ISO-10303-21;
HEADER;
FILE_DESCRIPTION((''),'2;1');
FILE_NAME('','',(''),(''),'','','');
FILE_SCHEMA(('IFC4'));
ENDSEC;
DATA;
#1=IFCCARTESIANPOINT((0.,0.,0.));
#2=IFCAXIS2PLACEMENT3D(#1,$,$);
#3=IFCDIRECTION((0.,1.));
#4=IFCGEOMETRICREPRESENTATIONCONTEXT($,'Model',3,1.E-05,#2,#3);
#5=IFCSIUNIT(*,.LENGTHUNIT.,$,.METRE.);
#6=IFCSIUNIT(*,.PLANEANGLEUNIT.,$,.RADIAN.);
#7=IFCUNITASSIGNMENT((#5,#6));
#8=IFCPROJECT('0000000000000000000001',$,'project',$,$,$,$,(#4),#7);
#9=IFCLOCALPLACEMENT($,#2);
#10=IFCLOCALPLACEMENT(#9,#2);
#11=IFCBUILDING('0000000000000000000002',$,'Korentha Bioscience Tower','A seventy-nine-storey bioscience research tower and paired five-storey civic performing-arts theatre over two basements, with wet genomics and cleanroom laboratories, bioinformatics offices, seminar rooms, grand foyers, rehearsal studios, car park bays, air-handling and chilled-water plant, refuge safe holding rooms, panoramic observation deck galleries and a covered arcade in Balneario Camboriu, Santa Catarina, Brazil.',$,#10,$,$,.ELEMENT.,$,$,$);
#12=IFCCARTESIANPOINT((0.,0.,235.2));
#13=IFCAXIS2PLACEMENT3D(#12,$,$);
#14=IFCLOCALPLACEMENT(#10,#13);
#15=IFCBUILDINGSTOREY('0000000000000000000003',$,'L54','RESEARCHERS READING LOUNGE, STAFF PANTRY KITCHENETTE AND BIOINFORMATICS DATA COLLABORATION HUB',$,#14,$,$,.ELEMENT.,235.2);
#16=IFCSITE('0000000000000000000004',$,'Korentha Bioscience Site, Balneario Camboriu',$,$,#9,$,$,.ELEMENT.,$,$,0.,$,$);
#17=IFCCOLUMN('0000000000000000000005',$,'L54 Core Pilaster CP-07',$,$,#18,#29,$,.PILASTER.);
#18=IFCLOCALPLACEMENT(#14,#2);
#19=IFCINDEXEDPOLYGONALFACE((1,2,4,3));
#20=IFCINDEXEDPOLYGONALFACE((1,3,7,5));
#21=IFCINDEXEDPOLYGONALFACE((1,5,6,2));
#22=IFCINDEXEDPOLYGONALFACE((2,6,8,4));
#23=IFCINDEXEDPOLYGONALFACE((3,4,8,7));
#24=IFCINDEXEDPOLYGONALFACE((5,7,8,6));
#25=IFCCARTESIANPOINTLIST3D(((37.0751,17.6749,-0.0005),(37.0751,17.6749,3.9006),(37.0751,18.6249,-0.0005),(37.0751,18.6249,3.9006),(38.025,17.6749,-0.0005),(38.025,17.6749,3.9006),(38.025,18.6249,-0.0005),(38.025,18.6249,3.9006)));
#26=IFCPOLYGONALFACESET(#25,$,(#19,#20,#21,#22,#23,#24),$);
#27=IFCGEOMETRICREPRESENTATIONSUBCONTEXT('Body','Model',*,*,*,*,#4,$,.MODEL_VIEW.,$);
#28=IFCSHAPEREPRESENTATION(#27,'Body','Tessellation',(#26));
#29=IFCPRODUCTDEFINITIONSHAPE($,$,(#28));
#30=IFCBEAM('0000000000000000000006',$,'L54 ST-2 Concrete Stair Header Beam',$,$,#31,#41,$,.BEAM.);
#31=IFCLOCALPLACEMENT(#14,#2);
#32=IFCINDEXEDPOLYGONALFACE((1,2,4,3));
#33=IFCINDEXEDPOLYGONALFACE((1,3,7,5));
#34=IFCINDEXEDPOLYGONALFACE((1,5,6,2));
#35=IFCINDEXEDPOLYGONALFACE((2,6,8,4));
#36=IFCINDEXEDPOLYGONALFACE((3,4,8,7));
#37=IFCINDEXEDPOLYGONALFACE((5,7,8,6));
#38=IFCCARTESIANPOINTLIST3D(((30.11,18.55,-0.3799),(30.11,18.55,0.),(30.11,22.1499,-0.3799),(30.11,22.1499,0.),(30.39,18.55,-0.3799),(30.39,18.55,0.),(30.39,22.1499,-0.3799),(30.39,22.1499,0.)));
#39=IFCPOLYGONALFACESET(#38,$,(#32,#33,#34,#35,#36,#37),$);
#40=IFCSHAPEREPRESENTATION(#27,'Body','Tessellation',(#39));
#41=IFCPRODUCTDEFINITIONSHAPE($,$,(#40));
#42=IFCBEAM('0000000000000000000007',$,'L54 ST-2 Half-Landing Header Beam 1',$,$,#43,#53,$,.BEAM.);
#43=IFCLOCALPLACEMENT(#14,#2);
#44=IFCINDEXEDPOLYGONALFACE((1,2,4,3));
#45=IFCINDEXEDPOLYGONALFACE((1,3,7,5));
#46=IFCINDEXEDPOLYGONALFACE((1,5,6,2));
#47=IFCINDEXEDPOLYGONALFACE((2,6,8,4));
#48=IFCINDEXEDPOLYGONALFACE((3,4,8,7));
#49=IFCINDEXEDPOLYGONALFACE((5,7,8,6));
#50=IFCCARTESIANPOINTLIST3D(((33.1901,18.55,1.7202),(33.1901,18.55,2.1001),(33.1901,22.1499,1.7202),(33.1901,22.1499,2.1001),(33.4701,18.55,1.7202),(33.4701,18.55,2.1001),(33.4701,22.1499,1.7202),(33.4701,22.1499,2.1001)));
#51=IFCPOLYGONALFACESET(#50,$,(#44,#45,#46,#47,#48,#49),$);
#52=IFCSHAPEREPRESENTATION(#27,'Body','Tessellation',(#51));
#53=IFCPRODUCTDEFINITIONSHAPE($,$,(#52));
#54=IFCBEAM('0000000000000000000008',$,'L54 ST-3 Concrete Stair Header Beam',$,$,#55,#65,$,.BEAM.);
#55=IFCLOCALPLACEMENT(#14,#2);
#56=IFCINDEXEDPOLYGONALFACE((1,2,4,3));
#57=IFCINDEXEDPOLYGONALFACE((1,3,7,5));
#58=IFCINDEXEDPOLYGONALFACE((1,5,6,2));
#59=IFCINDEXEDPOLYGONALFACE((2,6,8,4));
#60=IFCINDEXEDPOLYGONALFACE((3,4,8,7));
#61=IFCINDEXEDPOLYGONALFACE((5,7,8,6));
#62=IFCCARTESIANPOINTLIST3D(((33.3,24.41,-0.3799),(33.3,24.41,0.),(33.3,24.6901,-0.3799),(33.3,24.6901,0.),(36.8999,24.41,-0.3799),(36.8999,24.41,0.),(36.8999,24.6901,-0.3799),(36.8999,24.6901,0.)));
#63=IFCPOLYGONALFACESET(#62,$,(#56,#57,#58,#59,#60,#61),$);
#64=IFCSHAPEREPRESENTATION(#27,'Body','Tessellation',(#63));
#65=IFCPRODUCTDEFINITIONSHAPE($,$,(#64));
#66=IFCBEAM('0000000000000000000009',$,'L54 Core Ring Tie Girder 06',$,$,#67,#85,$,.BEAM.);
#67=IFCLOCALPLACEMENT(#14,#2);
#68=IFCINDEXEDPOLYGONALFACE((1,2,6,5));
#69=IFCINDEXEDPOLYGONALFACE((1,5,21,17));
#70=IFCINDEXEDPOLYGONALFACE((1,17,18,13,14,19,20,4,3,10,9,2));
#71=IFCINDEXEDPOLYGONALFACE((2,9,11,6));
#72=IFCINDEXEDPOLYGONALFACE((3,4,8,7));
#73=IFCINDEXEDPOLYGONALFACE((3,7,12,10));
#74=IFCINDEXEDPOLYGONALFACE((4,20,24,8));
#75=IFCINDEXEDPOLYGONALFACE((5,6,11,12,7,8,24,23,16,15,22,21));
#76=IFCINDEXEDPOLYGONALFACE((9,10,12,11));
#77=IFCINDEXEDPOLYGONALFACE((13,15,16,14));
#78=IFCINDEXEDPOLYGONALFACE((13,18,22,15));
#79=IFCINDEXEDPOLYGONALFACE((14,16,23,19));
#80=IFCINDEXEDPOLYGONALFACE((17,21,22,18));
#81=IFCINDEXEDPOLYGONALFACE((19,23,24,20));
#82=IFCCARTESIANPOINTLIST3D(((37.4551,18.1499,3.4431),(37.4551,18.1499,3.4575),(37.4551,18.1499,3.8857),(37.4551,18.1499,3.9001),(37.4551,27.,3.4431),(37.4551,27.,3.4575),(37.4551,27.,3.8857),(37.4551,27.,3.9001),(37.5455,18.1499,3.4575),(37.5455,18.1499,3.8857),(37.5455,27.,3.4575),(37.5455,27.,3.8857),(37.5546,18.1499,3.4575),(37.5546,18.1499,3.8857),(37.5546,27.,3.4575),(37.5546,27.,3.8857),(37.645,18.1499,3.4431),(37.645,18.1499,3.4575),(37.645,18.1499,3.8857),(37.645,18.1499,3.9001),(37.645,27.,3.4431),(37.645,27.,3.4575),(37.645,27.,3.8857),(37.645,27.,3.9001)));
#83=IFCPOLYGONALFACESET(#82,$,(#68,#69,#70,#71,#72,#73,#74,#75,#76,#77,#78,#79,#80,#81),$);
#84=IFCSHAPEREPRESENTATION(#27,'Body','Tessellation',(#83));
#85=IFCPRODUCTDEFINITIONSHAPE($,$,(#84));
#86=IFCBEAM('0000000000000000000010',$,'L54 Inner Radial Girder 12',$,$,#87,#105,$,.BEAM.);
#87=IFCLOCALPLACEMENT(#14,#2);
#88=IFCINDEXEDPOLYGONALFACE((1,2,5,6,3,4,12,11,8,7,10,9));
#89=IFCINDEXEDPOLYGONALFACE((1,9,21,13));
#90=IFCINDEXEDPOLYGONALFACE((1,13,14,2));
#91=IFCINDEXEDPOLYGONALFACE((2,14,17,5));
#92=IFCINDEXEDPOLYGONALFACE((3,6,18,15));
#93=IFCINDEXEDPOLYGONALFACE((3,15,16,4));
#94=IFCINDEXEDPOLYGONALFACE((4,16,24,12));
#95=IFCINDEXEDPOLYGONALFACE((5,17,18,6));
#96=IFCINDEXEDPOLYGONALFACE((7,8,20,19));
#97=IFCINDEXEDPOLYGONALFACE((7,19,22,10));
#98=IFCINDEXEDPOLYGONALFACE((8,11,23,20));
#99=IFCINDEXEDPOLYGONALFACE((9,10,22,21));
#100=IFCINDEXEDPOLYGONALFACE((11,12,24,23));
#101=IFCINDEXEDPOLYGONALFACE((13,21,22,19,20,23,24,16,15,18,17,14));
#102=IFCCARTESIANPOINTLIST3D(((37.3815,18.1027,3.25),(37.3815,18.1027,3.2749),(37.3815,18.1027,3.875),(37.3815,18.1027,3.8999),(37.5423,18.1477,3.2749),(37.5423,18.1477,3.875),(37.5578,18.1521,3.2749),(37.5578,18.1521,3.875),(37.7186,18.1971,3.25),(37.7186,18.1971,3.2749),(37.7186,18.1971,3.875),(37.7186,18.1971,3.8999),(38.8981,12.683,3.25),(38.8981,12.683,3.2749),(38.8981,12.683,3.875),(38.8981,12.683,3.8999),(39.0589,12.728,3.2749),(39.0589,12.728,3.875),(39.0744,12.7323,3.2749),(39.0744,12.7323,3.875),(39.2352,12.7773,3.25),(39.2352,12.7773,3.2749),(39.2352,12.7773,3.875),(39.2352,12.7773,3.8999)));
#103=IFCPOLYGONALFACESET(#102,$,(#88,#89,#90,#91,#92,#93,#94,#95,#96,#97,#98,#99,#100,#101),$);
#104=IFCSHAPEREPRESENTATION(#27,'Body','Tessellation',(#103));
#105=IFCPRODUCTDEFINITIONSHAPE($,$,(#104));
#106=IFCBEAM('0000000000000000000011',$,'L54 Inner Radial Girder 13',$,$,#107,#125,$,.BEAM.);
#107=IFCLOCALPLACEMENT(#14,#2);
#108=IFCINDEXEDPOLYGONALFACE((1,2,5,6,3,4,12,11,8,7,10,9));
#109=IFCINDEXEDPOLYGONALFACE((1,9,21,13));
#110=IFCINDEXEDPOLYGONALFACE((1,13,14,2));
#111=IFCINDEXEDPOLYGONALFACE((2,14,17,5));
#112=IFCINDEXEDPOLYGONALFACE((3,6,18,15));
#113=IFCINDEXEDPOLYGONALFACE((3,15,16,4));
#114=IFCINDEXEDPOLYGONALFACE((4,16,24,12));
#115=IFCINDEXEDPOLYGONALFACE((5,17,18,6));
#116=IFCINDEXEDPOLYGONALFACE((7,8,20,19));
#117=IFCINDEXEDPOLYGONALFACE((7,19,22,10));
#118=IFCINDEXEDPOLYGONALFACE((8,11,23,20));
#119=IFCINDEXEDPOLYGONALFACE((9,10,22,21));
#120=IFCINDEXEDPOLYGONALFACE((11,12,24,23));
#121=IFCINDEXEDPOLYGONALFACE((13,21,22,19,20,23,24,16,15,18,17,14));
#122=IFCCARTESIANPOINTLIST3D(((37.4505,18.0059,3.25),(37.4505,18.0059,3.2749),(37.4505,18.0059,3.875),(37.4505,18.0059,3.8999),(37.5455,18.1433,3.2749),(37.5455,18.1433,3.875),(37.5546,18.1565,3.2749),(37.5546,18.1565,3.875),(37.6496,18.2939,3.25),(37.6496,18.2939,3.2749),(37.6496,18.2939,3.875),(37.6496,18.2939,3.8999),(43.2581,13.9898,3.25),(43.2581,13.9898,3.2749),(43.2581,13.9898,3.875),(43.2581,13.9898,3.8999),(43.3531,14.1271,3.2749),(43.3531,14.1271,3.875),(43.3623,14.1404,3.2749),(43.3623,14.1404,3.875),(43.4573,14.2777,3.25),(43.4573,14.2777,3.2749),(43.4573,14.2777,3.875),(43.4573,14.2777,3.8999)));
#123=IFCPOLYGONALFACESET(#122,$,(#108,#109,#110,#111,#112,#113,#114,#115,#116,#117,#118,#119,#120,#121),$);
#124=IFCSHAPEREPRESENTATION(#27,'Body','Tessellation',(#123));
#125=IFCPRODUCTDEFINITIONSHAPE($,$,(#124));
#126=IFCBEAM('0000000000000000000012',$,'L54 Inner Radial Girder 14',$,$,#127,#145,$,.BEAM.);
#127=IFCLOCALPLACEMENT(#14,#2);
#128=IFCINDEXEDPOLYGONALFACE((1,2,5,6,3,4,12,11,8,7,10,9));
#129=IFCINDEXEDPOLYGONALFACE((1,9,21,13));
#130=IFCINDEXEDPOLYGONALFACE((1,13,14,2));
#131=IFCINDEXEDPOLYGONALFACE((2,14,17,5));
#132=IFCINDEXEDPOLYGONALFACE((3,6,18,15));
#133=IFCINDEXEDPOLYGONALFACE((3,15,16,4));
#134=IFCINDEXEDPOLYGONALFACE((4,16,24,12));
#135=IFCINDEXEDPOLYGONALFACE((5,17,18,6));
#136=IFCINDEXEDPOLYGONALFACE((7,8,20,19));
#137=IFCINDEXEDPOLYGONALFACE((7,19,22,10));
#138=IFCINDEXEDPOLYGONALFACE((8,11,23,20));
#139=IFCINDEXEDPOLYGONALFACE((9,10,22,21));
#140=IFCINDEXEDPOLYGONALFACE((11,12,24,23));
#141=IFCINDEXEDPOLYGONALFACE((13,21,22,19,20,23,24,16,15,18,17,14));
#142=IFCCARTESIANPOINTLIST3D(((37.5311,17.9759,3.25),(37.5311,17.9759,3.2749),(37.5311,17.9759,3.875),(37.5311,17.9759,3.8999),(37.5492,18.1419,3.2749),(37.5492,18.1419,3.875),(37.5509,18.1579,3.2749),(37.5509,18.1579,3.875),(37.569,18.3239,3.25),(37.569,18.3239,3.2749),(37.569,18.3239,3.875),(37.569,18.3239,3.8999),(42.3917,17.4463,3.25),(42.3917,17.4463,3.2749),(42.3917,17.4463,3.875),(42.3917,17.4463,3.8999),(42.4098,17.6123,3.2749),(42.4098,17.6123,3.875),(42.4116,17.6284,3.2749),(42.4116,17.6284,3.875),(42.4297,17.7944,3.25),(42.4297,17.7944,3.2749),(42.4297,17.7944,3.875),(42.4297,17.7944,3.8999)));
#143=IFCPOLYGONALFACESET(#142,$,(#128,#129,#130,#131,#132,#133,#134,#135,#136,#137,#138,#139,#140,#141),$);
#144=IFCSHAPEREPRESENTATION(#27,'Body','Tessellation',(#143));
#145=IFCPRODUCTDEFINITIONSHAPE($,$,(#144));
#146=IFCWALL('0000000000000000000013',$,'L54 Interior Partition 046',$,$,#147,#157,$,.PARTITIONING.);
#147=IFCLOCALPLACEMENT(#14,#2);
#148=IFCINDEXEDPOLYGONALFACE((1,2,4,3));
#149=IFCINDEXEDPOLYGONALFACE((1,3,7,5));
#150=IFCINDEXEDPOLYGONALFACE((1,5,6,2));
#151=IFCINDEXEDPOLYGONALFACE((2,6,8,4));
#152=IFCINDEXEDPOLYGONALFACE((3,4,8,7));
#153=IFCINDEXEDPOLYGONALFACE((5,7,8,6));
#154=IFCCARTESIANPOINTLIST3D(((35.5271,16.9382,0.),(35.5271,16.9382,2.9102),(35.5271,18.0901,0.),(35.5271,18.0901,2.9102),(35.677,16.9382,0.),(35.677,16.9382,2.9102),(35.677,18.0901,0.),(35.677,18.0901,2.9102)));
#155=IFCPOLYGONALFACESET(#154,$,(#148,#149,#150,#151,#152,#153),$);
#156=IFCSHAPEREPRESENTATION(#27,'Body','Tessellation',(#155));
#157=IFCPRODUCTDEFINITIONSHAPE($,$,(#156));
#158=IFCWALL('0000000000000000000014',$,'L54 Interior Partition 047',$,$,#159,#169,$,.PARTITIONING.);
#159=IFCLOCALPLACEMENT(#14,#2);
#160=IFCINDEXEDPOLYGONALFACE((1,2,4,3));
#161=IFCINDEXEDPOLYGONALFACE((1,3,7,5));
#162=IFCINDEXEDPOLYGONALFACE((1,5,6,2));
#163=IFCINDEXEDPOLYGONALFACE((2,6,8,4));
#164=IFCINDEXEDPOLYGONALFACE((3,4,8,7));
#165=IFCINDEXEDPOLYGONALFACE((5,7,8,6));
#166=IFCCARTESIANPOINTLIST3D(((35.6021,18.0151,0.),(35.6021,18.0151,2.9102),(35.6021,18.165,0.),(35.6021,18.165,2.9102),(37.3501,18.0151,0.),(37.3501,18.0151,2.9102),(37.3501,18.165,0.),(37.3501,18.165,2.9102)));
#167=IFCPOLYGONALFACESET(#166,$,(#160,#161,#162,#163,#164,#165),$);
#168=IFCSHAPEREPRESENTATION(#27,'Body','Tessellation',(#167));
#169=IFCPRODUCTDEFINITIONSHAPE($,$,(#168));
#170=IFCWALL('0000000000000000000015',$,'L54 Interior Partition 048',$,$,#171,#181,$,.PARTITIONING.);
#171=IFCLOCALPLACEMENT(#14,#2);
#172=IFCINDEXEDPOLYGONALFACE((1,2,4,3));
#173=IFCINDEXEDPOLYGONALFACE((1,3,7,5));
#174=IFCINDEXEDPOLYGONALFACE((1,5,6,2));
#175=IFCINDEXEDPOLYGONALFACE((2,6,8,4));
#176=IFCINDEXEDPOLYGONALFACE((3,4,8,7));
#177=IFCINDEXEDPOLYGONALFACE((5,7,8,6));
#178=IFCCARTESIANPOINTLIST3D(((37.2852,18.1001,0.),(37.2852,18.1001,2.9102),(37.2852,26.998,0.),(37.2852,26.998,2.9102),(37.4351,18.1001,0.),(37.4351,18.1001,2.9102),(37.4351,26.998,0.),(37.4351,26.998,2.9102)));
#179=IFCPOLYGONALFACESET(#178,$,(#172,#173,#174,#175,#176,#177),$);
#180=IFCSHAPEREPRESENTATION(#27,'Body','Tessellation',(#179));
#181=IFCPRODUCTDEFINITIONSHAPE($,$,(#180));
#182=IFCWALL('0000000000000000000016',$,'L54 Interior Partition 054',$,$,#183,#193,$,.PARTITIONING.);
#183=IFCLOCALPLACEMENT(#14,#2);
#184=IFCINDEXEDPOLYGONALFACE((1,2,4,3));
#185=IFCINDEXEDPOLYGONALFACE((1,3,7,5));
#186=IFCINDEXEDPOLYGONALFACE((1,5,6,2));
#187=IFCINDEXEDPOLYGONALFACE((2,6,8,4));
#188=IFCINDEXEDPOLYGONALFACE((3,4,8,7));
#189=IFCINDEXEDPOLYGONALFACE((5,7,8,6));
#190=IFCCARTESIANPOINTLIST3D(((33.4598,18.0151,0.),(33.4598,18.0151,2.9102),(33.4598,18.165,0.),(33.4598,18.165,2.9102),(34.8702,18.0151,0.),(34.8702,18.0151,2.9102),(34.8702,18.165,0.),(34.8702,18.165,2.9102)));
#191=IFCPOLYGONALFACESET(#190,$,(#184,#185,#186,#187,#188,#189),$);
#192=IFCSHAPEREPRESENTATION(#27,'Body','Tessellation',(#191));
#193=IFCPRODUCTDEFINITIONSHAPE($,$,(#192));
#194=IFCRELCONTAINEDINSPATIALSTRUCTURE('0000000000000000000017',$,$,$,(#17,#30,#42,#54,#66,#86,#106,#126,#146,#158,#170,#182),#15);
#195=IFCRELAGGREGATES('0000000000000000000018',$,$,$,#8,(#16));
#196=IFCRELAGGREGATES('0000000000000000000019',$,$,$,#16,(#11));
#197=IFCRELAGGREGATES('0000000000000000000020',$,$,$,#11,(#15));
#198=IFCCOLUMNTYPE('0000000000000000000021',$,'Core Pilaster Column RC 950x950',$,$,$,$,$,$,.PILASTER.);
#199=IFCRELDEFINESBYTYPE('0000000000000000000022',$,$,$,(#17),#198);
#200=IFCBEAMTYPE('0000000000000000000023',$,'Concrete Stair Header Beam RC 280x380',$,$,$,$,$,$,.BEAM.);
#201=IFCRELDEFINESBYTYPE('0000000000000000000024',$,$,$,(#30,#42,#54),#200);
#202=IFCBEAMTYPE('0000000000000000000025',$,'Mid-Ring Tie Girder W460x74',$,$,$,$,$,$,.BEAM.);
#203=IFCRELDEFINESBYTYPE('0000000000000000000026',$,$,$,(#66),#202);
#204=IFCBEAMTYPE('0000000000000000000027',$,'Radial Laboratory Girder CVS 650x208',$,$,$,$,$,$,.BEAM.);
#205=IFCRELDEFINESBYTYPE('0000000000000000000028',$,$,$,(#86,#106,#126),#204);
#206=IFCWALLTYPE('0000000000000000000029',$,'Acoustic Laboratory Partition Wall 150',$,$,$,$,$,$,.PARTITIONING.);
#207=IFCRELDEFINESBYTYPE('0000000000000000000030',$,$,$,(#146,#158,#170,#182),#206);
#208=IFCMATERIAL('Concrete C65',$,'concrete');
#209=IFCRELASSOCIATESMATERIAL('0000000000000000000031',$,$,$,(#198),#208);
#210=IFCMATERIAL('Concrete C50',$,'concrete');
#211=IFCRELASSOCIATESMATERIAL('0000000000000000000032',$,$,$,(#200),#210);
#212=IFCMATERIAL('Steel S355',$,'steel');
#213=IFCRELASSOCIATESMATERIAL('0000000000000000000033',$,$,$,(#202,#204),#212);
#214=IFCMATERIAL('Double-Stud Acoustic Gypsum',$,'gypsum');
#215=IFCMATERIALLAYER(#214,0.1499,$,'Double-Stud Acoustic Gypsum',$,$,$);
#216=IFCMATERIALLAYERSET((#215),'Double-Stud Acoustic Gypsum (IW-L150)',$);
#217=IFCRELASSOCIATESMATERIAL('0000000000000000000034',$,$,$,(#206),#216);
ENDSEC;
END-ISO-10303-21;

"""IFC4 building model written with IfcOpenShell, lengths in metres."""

from ifc_helpers import new_model, si_unit, direction, frame, frame_2d, origin, origin_2d, place, context, subcontext, project, spatial, rectangle, i_section, extrude, material, layer, layer_set, material_profile, profile_set, type_object, element, save


model = new_model("IFC4")

# Units and contexts
model_context = context("Model", 3, precision=1e-05, world=origin(), true_north=direction((0.0, 1.0)))
body_context = subcontext(model_context, "Body", "Model", "MODEL_VIEW")
ifc_project = project(units=[si_unit("LENGTHUNIT", "METRE"), si_unit("PLANEANGLEUNIT", "RADIAN")], contexts=[model_context])

# Site, building, storey
site_placement = place(None, origin())
site = spatial("IfcSite", under=ifc_project, at=site_placement, Name="Korentha Bioscience Site, Balneario Camboriu", CompositionType="ELEMENT", RefElevation=0.0)
building_placement = place(site_placement, origin())
building = spatial("IfcBuilding", under=site, at=building_placement, Name="Korentha Bioscience Tower", Description="A seventy-nine-storey bioscience research tower and paired five-storey civic performing-arts theatre over two basements, with wet genomics and cleanroom laboratories, bioinformatics offices, seminar rooms, grand foyers, rehearsal studios, car park bays, air-handling and chilled-water plant, refuge safe holding rooms, panoramic observation deck galleries and a covered arcade in Balneario Camboriu, Santa Catarina, Brazil.", CompositionType="ELEMENT")
storey_placement = place(building_placement, frame((0.0, 0.0, 235.2)))
storey = spatial("IfcBuildingStorey", under=building, at=storey_placement, Name="L54", Description="RESEARCHERS READING LOUNGE, STAFF PANTRY KITCHENETTE AND BIOINFORMATICS DATA COLLABORATION HUB", CompositionType="ELEMENT", Elevation=235.2)

# Column
ifc_material_1 = material(Name="Concrete C65", Category="concrete")
ifc_material_profile_1 = material_profile(ifc_material_1, rectangle(XDim=0.95, YDim=0.95, at=origin_2d()), Name="Concrete C65")
ifc_profile_set_1 = profile_set([ifc_material_profile_1], Name="Concrete C65 (COL-CP09)")
column_type = type_object("IfcColumnType", Name="Core Pilaster Column RC 950x950", PredefinedType="PILASTER", material=ifc_profile_set_1)
column_placement = place(storey_placement, frame((37.55, 18.1499, -0.0005), z_axis=(0.0, 0.0, 1.0), x_axis=(1.0, 0.0, 0.0)))
element("IfcColumn", 1, at=column_placement, inside=storey, type_object=column_type, Name="L54 Core Pilaster CP-07", PredefinedType="PILASTER", context=body_context, shape_type="SweptSolid", body=[
    extrude(rectangle(XDim=0.95, YDim=0.95, at=origin_2d()), origin(), (0.0, 0.0, 1.0), 3.9011),
])

# Beams
ifc_material_2 = material(Name="Concrete C50", Category="concrete")
ifc_material_profile_2 = material_profile(ifc_material_2, rectangle(XDim=0.28, YDim=0.3799, at=origin_2d()), Name="Concrete C50")
ifc_profile_set_2 = profile_set([ifc_material_profile_2], Name="Concrete C50 (ST-HB380)")
beam_type_1 = type_object("IfcBeamType", Name="Concrete Stair Header Beam RC 280x380", PredefinedType="BEAM", material=ifc_profile_set_2)
for number, where, z_axis, x_axis, name in (
    (2, (30.25, 18.55, -0.1899), (0.0, 1.0, 0.0), (-1.0, 0.0, 0.0), "L54 ST-2 Concrete Stair Header Beam"),
    (3, (33.3301, 18.55, 1.9102), (0.0, 1.0, 0.0), (-1.0, 0.0, 0.0), "L54 ST-2 Half-Landing Header Beam 1"),
    (4, (36.8999, 24.55, -0.1899), (-1.0, 0.0, 0.0), (0.0, -1.0, 0.0), "L54 ST-3 Concrete Stair Header Beam"),
):
    element("IfcBeam", number, at=place(storey_placement, frame(where, z_axis=z_axis, x_axis=x_axis)), inside=storey, type_object=beam_type_1, Name=name, PredefinedType="BEAM", context=body_context, shape_type="SweptSolid", body=[
        extrude(rectangle(XDim=0.28, YDim=0.3799, at=origin_2d()), origin(), (0.0, 0.0, 1.0), 3.5999),
    ])
ifc_material_3 = material(Name="Steel S355", Category="steel")
ifc_material_profile_3 = material_profile(ifc_material_3, i_section(OverallWidth=0.1899, OverallDepth=0.457, WebThickness=0.009, FlangeThickness=0.0144, at=origin_2d()), Name="Steel S355")
ifc_profile_set_3 = profile_set([ifc_material_profile_3], Name="Steel S355 (MB-460)")
beam_type_2 = type_object("IfcBeamType", Name="Mid-Ring Tie Girder W460x74", PredefinedType="BEAM", material=ifc_profile_set_3)
beam_1_placement = place(storey_placement, frame((37.55, 18.1499, 3.6716), z_axis=(0.0, 1.0, 0.0), x_axis=(-1.0, 0.0, 0.0)))
element("IfcBeam", 5, at=beam_1_placement, inside=storey, type_object=beam_type_2, Name="L54 Core Ring Tie Girder 06", PredefinedType="BEAM", context=body_context, shape_type="SweptSolid", body=[
    extrude(i_section(OverallWidth=0.1899, OverallDepth=0.457, WebThickness=0.009, FlangeThickness=0.0144, at=origin_2d()), origin(), (0.0, 0.0, 1.0), 8.8501),
])
ifc_material_profile_4 = material_profile(ifc_material_3, i_section(OverallWidth=0.3501, OverallDepth=0.6499, WebThickness=0.0161, FlangeThickness=0.0249, at=origin_2d()), Name="Steel S355")
ifc_profile_set_4 = profile_set([ifc_material_profile_4], Name="Steel S355 (RB-650)")
beam_type_3 = type_object("IfcBeamType", Name="Radial Laboratory Girder CVS 650x208", PredefinedType="BEAM", material=ifc_profile_set_4)
beam_2_placement = place(storey_placement, frame((37.55, 18.1499, 3.575), z_axis=(0.26948, -0.963006, 0.0), x_axis=(0.963006, 0.26948, 0.0)))
element("IfcBeam", 6, at=beam_2_placement, inside=storey, type_object=beam_type_3, Name="L54 Inner Radial Girder 12", PredefinedType="BEAM", context=body_context, shape_type="SweptSolid", body=[
    extrude(i_section(OverallWidth=0.3501, OverallDepth=0.6499, WebThickness=0.0161, FlangeThickness=0.0249, at=origin_2d()), origin(), (0.0, 0.0, 1.0), 5.6279),
])
beam_3_placement = place(storey_placement, frame((37.55, 18.1499, 3.575), z_axis=(0.822493, -0.568775, 0.0), x_axis=(0.568775, 0.822493, 0.0)))
element("IfcBeam", 7, at=beam_3_placement, inside=storey, type_object=beam_type_3, Name="L54 Inner Radial Girder 13", PredefinedType="BEAM", context=body_context, shape_type="SweptSolid", body=[
    extrude(i_section(OverallWidth=0.3501, OverallDepth=0.6499, WebThickness=0.0161, FlangeThickness=0.0249, at=origin_2d()), origin(), (0.0, 0.0, 1.0), 7.061),
])
beam_4_placement = place(storey_placement, frame((37.55, 18.1499, 3.575), z_axis=(0.994118, -0.108305, 0.0), x_axis=(0.108305, 0.994118, 0.0)))
element("IfcBeam", 8, at=beam_4_placement, inside=storey, type_object=beam_type_3, Name="L54 Inner Radial Girder 14", PredefinedType="BEAM", context=body_context, shape_type="SweptSolid", body=[
    extrude(i_section(OverallWidth=0.3501, OverallDepth=0.6499, WebThickness=0.0161, FlangeThickness=0.0249, at=origin_2d()), origin(), (0.0, 0.0, 1.0), 4.8894),
])

# Walls
ifc_material_4 = material(Name="Double-Stud Acoustic Gypsum", Category="gypsum")
ifc_layer_1 = layer(ifc_material_4, 0.1499, Name="Double-Stud Acoustic Gypsum")
ifc_layer_set_1 = layer_set([ifc_layer_1], Name="Double-Stud Acoustic Gypsum (IW-L150)")
wall_type_1 = type_object("IfcWallType", Name="Acoustic Laboratory Partition Wall 150", PredefinedType="PARTITIONING", material=ifc_layer_set_1)
wall_1_placement = place(storey_placement, frame((35.6021, 16.9382, 0.0), z_axis=(0.0, 0.0, 1.0), x_axis=(0.0, 1.0, 0.0)))
element("IfcWall", 9, at=wall_1_placement, inside=storey, type_object=wall_type_1, Name="L54 Interior Partition 046", PredefinedType="PARTITIONING", context=body_context, shape_type="SweptSolid", body=[
    extrude(rectangle(XDim=1.1519, YDim=0.1499, at=frame_2d((0.5759, 0.0))), origin(), (0.0, 0.0, 1.0), 2.9102),
])
wall_2_placement = place(storey_placement, frame((35.6021, 18.0901, 0.0), z_axis=(0.0, 0.0, 1.0), x_axis=(1.0, 0.0, 0.0)))
element("IfcWall", 10, at=wall_2_placement, inside=storey, type_object=wall_type_1, Name="L54 Interior Partition 047", PredefinedType="PARTITIONING", context=body_context, shape_type="SweptSolid", body=[
    extrude(rectangle(XDim=1.748, YDim=0.1499, at=frame_2d((0.874, 0.0))), origin(), (0.0, 0.0, 1.0), 2.9102),
])
wall_3_placement = place(storey_placement, frame((37.3601, 18.1001, 0.0), z_axis=(0.0, 0.0, 1.0), x_axis=(0.0, 1.0, 0.0)))
element("IfcWall", 11, at=wall_3_placement, inside=storey, type_object=wall_type_1, Name="L54 Interior Partition 048", PredefinedType="PARTITIONING", context=body_context, shape_type="SweptSolid", body=[
    extrude(rectangle(XDim=8.8979, YDim=0.1499, at=frame_2d((4.449, 0.0))), origin(), (0.0, 0.0, 1.0), 2.9102),
])
wall_4_placement = place(storey_placement, frame((33.46, 18.0901, 0.0), z_axis=(0.0, 0.0, 1.0), x_axis=(1.0, 0.0, 0.0)))
element("IfcWall", 12, at=wall_4_placement, inside=storey, type_object=wall_type_1, Name="L54 Interior Partition 054", PredefinedType="PARTITIONING", context=body_context, shape_type="SweptSolid", body=[
    extrude(rectangle(XDim=1.4104, YDim=0.1499, at=frame_2d((0.7051, 0.0))), origin(), (0.0, 0.0, 1.0), 2.9102),
])

save(model, "model.ifc")
